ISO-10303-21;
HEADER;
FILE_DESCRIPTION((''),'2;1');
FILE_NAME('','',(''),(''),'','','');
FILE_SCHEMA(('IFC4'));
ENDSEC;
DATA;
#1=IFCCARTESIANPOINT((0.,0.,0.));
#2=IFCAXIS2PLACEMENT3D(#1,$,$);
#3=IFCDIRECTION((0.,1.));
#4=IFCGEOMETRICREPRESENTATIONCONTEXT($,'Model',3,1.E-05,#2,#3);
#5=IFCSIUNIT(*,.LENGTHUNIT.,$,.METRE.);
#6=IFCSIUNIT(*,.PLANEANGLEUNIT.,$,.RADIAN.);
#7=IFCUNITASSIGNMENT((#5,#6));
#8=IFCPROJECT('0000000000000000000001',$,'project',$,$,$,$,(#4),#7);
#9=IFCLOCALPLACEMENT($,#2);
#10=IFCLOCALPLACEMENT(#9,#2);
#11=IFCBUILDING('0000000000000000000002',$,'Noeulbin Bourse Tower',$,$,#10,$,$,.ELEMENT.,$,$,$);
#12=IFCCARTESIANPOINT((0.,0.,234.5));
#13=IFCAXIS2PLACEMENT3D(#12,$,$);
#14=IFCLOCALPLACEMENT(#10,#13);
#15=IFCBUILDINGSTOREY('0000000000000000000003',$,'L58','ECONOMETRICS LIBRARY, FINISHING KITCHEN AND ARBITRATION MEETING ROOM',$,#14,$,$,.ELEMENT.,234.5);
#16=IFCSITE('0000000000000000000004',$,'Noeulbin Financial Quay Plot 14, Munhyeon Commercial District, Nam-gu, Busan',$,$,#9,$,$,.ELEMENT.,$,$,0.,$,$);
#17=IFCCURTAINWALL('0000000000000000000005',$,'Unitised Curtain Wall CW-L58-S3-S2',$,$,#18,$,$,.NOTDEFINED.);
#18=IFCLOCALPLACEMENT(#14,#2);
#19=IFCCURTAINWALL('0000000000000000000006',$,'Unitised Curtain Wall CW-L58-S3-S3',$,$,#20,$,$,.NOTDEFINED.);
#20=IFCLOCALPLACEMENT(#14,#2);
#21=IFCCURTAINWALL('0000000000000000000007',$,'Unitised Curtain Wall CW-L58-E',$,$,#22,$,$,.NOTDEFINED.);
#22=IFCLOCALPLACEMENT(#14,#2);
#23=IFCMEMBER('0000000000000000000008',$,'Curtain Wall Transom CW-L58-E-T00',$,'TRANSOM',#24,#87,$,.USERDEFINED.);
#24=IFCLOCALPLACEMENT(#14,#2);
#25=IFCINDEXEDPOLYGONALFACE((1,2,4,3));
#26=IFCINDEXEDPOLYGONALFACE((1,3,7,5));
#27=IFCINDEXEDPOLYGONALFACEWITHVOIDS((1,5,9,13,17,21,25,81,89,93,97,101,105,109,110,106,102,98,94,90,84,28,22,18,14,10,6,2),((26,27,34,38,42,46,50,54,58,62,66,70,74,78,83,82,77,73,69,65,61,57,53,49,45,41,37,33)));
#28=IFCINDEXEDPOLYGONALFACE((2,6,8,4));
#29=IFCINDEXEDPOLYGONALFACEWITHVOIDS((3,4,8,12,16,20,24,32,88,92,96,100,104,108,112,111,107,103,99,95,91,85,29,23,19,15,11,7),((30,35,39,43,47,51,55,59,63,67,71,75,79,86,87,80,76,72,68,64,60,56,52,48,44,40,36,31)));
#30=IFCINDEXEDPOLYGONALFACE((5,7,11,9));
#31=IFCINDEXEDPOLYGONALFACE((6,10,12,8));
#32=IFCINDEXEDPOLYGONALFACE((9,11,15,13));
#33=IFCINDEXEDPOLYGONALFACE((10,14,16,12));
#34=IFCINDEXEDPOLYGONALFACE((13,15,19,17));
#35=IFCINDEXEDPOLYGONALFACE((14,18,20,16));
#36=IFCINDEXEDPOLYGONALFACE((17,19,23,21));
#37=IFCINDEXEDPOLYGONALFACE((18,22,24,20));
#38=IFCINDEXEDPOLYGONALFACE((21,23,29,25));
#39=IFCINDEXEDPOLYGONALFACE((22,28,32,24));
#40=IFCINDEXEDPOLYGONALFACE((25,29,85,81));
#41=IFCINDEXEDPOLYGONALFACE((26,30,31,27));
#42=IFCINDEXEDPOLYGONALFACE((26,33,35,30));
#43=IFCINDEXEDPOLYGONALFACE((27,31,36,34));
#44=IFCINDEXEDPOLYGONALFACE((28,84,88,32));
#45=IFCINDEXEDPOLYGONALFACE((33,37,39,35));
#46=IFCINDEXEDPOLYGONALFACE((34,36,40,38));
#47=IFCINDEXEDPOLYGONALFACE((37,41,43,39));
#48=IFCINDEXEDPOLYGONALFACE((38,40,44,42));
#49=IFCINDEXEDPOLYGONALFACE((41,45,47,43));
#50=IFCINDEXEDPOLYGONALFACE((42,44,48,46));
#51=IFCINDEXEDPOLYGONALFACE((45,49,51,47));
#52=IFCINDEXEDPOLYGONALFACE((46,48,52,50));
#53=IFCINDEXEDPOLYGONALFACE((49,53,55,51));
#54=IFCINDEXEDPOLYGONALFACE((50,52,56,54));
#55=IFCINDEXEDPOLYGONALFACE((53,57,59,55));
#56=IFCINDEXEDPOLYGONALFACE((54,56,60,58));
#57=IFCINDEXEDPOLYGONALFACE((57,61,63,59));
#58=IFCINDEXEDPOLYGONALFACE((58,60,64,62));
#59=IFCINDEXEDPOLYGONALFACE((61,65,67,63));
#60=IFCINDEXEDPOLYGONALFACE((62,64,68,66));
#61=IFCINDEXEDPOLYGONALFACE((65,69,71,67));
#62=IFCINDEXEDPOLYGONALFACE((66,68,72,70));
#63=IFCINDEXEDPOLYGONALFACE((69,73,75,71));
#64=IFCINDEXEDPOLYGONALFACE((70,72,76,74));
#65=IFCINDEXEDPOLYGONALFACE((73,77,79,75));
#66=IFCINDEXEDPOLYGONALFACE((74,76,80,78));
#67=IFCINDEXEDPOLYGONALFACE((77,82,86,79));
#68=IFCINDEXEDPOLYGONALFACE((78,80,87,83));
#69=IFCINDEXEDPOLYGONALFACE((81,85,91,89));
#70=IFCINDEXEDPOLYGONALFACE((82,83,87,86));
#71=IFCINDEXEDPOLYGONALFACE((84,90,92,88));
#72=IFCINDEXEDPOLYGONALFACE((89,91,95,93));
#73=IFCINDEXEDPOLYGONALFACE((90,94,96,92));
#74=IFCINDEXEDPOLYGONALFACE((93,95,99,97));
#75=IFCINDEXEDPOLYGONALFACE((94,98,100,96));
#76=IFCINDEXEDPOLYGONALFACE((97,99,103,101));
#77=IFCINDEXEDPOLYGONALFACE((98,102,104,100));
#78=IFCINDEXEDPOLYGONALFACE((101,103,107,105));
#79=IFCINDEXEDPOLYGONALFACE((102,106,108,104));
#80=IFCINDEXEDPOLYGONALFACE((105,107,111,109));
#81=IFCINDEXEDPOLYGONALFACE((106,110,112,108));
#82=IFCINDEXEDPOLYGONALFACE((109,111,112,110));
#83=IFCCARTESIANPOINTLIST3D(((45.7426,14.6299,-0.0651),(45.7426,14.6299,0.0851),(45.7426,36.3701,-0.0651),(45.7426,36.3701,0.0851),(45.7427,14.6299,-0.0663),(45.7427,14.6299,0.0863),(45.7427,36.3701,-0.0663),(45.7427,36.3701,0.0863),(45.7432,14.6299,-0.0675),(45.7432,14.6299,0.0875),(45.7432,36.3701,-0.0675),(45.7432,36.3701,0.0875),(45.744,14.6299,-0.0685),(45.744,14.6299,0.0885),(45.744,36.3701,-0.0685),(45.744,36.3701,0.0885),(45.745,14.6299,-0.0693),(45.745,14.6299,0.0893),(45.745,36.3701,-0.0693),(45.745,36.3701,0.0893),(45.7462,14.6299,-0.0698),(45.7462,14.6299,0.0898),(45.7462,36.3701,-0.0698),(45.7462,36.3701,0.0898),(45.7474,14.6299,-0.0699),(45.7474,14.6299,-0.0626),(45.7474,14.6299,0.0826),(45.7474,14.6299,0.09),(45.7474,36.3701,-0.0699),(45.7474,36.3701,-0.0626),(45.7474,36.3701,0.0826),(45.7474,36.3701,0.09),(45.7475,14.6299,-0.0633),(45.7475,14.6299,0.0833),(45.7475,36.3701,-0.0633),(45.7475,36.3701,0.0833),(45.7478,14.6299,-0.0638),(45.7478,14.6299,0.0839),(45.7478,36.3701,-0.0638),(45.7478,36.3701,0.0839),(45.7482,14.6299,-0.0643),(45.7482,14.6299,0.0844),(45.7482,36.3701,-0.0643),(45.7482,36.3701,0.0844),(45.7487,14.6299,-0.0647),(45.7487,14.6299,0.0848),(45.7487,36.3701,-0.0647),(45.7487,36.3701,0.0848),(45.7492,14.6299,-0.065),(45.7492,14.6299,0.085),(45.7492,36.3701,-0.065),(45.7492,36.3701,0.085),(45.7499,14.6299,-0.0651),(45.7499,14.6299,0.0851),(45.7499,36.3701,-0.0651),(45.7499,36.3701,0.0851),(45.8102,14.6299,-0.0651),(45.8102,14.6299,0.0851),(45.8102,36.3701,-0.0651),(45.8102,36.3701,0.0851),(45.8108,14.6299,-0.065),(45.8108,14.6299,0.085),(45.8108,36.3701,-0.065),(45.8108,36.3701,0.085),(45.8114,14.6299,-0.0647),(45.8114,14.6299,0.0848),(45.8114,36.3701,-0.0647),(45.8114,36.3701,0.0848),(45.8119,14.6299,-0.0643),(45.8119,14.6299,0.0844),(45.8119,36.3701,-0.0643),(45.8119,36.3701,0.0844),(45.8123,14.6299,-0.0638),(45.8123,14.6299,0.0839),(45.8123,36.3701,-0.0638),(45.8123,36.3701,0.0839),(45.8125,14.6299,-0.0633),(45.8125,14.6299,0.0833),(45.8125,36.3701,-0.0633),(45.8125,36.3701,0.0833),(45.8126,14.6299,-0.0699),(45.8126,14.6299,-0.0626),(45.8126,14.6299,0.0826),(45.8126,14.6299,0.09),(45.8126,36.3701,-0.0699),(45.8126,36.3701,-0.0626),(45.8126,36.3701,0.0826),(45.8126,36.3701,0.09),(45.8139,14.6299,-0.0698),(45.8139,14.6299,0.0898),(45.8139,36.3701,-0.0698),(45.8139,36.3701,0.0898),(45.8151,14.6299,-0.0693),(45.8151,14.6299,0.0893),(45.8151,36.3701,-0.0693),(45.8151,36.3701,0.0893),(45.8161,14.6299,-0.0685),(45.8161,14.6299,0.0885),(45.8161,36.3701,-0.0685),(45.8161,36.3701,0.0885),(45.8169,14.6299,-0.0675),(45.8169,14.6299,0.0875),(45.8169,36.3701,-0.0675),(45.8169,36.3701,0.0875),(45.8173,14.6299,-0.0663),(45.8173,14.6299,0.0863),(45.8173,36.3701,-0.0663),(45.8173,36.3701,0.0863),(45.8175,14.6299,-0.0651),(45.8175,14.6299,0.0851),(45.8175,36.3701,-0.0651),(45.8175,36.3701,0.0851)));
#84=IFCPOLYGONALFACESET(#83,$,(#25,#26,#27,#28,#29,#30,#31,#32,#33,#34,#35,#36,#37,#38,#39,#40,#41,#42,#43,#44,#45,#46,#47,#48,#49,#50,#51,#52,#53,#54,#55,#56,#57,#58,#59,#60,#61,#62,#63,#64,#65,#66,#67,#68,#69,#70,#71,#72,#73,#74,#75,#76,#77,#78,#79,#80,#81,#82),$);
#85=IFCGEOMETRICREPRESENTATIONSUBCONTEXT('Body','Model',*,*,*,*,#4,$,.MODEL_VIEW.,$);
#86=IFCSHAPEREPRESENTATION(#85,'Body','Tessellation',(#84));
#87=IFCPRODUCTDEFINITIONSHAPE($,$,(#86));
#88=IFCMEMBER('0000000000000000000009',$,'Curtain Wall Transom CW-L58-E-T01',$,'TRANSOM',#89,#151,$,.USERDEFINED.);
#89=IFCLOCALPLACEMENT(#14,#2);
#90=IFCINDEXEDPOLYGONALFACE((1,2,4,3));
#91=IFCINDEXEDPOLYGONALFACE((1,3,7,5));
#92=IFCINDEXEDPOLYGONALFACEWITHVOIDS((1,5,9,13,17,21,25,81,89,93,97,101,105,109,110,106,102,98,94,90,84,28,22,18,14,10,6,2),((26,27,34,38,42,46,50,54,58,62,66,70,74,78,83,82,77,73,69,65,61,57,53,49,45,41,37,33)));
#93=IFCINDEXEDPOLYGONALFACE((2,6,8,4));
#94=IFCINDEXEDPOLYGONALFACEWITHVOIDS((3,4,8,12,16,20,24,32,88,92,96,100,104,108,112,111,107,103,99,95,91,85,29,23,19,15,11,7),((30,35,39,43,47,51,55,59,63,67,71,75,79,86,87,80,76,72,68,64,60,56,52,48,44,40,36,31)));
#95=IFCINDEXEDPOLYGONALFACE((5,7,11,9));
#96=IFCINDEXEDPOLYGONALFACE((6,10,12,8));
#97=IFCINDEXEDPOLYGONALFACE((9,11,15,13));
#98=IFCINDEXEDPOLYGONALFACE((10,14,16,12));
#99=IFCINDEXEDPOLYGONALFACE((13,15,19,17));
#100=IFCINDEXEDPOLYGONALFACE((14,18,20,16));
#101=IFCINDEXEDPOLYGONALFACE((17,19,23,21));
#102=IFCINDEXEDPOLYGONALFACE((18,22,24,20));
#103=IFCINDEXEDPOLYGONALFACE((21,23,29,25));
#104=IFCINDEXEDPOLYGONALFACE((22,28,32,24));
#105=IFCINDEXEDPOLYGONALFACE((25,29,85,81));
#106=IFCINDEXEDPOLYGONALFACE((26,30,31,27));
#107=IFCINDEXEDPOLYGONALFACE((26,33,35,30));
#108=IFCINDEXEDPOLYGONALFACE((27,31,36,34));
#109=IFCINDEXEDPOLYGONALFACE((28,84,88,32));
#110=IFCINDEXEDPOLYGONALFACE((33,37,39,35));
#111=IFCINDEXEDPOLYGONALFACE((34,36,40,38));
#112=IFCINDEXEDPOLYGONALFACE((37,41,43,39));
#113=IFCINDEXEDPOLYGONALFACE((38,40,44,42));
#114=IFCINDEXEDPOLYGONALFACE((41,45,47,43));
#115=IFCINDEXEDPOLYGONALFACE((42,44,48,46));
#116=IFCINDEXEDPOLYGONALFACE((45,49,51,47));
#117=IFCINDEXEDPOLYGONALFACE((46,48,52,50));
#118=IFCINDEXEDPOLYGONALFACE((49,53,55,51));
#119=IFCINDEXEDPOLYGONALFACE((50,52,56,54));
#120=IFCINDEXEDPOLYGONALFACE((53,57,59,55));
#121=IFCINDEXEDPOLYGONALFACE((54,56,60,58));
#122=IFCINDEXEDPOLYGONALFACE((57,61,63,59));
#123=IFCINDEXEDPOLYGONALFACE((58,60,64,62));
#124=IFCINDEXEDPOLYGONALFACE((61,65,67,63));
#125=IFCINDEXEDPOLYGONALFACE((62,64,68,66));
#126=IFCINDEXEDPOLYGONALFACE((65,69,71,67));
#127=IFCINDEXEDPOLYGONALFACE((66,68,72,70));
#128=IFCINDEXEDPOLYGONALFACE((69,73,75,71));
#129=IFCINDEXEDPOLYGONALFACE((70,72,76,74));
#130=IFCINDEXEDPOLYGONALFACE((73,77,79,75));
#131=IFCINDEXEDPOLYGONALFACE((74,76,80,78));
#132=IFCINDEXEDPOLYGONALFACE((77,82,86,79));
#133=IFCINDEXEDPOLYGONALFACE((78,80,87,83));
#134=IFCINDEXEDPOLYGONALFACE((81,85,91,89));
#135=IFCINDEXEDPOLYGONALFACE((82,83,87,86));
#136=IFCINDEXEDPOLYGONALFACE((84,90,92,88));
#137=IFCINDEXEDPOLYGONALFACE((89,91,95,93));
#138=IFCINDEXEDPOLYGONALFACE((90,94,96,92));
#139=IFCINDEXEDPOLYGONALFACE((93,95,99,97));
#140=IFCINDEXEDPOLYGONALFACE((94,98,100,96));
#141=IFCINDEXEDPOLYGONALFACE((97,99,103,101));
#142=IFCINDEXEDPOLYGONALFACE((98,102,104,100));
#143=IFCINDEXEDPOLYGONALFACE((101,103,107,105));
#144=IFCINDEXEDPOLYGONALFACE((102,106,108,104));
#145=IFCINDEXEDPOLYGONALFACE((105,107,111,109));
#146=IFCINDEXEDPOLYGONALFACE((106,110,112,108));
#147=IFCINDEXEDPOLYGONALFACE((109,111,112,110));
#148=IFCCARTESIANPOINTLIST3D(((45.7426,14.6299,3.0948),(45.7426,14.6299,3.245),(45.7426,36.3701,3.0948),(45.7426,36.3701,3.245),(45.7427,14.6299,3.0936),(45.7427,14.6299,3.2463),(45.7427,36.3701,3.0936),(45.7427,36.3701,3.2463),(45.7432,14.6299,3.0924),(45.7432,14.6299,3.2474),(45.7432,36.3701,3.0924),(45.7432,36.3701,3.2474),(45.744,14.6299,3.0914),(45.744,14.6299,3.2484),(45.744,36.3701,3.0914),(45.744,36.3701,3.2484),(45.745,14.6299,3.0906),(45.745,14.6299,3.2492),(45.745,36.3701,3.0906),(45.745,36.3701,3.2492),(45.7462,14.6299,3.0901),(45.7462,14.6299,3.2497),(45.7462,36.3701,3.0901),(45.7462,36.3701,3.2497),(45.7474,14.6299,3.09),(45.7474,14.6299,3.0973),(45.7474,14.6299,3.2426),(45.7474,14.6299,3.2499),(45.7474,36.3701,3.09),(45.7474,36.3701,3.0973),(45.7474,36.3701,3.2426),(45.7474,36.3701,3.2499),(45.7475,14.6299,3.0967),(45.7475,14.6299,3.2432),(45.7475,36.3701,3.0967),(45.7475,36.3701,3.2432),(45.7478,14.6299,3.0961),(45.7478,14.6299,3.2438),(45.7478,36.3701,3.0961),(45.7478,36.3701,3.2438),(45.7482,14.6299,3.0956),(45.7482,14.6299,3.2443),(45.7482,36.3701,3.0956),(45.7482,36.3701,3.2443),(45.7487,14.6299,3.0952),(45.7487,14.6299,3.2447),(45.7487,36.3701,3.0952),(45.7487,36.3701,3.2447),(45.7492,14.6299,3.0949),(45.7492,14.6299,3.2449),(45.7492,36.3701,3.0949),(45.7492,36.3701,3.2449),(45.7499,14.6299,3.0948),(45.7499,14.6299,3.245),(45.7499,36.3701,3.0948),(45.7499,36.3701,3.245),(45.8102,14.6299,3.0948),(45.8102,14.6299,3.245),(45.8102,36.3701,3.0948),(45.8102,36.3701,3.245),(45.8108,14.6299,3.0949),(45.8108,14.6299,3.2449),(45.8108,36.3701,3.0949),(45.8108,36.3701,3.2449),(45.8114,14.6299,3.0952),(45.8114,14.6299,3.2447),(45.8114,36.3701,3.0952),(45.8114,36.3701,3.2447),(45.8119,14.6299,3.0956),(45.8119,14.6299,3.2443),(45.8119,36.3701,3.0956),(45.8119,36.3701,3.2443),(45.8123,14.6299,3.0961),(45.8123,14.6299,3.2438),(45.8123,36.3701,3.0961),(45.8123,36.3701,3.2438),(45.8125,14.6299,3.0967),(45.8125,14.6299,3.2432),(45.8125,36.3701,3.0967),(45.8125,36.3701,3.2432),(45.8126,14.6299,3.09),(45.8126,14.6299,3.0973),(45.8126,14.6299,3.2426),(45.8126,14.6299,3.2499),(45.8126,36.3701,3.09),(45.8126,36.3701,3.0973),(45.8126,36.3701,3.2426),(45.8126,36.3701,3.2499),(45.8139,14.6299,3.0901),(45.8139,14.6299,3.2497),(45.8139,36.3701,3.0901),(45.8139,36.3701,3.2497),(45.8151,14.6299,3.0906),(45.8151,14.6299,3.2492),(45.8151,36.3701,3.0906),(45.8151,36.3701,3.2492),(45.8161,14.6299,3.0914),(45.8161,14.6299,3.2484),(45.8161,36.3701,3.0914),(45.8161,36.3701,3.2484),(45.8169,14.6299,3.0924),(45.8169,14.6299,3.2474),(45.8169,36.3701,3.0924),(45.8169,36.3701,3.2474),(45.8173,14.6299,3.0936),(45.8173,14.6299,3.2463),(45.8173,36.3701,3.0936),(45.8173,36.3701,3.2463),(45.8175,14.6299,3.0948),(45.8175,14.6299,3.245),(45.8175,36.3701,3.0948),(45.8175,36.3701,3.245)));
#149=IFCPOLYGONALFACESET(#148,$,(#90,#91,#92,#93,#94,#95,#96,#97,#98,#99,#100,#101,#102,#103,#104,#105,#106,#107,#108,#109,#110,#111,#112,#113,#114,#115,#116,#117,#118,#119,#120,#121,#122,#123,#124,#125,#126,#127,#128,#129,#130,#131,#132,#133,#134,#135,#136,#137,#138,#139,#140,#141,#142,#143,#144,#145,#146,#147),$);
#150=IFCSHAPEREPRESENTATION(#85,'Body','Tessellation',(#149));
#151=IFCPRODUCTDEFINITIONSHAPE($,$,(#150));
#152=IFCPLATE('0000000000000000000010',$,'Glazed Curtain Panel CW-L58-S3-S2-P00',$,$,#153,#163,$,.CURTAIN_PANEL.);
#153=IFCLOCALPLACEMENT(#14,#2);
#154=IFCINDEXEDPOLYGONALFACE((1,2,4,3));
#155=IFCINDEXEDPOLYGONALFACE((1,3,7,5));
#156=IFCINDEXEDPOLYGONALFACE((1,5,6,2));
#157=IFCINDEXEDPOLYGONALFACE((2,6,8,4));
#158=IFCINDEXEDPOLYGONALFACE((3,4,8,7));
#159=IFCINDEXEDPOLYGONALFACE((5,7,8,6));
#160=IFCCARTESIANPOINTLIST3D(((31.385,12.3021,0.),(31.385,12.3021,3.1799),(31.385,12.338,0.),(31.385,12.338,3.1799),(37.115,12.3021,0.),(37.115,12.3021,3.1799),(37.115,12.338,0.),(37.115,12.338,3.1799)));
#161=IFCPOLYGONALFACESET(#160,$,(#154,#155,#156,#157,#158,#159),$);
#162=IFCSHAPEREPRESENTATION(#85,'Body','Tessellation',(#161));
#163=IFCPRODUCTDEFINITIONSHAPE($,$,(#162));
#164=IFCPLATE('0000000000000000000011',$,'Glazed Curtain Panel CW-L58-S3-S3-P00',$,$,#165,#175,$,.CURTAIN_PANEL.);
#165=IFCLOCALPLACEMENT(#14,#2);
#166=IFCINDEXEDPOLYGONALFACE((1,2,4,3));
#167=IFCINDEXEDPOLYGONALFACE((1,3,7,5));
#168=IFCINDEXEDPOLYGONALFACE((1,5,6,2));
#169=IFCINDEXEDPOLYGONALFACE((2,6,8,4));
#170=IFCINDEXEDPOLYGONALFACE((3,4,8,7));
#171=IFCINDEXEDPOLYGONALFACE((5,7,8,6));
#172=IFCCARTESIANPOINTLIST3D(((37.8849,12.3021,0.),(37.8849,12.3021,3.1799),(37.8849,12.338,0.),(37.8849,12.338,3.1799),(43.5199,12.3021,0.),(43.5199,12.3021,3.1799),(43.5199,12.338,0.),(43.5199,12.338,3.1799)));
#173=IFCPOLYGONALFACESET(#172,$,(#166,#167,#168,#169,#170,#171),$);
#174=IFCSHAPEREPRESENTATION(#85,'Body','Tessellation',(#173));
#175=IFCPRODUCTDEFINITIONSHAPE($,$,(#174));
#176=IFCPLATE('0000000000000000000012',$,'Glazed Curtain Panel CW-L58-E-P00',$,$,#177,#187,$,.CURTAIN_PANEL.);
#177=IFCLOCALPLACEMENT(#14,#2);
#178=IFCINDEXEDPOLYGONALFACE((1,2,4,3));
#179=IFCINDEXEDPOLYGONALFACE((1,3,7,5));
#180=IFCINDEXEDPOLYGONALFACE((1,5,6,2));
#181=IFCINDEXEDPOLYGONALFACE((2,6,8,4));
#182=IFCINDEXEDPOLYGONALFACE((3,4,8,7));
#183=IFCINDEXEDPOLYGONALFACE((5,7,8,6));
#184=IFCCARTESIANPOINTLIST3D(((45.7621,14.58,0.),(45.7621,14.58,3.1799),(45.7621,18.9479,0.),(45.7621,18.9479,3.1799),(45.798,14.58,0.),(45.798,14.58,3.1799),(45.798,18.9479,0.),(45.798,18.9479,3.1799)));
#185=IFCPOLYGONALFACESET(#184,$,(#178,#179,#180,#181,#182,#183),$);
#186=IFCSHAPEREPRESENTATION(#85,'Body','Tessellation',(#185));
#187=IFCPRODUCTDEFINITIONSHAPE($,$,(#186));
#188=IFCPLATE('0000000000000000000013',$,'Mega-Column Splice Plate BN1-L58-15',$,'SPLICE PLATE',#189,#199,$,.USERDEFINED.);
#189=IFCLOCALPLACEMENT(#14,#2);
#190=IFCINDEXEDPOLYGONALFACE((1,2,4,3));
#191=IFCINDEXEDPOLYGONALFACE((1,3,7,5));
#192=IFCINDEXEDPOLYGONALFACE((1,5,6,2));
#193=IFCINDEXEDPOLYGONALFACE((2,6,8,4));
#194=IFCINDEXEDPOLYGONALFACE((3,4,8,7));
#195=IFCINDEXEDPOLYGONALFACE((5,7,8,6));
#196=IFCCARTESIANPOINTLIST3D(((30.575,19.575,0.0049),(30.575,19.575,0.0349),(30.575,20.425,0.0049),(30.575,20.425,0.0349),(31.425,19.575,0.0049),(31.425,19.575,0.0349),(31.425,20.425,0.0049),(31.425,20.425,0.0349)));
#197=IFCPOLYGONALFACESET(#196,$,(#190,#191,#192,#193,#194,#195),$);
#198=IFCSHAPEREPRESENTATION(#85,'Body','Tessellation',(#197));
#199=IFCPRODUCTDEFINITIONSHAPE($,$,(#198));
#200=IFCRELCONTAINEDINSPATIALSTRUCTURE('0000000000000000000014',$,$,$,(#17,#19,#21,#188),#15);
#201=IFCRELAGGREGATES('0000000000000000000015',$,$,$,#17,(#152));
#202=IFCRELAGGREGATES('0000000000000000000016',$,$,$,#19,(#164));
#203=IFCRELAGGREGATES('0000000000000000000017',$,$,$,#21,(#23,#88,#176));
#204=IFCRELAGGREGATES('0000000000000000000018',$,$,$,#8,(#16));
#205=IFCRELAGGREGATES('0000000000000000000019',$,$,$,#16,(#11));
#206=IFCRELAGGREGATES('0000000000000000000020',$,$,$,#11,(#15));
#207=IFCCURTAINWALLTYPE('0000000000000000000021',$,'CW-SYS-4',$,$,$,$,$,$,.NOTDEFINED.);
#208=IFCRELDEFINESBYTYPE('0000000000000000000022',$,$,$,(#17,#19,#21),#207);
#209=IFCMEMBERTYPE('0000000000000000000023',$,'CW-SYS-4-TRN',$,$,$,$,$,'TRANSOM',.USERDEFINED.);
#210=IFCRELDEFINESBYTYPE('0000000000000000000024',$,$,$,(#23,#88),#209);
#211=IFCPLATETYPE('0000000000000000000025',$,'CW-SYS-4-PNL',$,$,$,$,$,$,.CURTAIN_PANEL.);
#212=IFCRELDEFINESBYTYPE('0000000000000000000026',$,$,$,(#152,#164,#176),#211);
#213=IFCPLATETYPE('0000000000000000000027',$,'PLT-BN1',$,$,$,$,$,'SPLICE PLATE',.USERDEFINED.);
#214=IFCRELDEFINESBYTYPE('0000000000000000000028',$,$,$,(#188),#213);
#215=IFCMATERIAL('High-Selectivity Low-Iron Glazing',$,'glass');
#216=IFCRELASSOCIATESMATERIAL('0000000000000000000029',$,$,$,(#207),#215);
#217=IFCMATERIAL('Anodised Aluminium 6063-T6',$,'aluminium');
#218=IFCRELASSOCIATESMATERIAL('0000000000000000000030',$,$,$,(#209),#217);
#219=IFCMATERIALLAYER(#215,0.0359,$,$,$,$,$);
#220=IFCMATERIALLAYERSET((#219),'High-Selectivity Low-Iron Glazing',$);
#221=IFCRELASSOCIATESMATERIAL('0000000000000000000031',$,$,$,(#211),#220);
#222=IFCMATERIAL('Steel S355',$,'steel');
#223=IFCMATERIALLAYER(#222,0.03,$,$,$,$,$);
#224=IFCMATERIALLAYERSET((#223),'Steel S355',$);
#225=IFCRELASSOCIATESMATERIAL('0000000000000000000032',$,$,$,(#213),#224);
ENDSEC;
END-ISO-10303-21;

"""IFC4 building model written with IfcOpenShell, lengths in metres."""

from ifc_helpers import new_model, si_unit, direction, frame, origin, origin_2d, place, context, subcontext, project, spatial, rectangle, hollow_rectangle, extrude, material, layer, layer_set, material_profile, profile_set, type_object, element, aggregate, save


model = new_model("IFC4")

# Units and contexts
model_context = context("Model", 3, precision=1e-05, world=origin(), true_north=direction((0.0, 1.0)))
body_context = subcontext(model_context, "Body", "Model", "MODEL_VIEW")
ifc_project = project(units=[si_unit("LENGTHUNIT", "METRE"), si_unit("PLANEANGLEUNIT", "RADIAN")], contexts=[model_context])

# Site, building, storey
site_placement = place(None, origin())
site = spatial("IfcSite", under=ifc_project, at=site_placement, Name="Noeulbin Financial Quay Plot 14, Munhyeon Commercial District, Nam-gu, Busan", CompositionType="ELEMENT", RefElevation=0.0)
building_placement = place(site_placement, origin())
building = spatial("IfcBuilding", under=site, at=building_placement, Name="Noeulbin Bourse Tower", CompositionType="ELEMENT")
storey_placement = place(building_placement, frame((0.0, 0.0, 234.5)))
storey = spatial("IfcBuildingStorey", under=building, at=storey_placement, Name="L58", Description="ECONOMETRICS LIBRARY, FINISHING KITCHEN AND ARBITRATION MEETING ROOM", CompositionType="ELEMENT", Elevation=234.5)

# Shared definitions
ifc_material_1 = material(Name="Steel S355", Category="steel")

# Curtain walls
ifc_material_2 = material(Name="High-Selectivity Low-Iron Glazing", Category="glass")
curtain_wall_type = type_object("IfcCurtainWallType", Name="CW-SYS-4", PredefinedType="NOTDEFINED", material=ifc_material_2)
curtain_wall_1_placement = place(storey_placement, origin())
curtain_wall_1 = element("IfcCurtainWall", 1, at=curtain_wall_1_placement, inside=storey, type_object=curtain_wall_type, Name="Unitised Curtain Wall CW-L58-S3-S2", PredefinedType="NOTDEFINED")
ifc_material_3 = material(Name="Anodised Aluminium 6063-T6", Category="aluminium")
curtain_wall_2_placement = place(storey_placement, origin())
curtain_wall_2 = element("IfcCurtainWall", 2, at=curtain_wall_2_placement, inside=storey, type_object=curtain_wall_type, Name="Unitised Curtain Wall CW-L58-S3-S3", PredefinedType="NOTDEFINED")
curtain_wall_3_placement = place(storey_placement, origin())
curtain_wall_3 = element("IfcCurtainWall", 3, at=curtain_wall_3_placement, inside=storey, type_object=curtain_wall_type, Name="Unitised Curtain Wall CW-L58-E", PredefinedType="NOTDEFINED")

# Members
ifc_material_profile_1 = material_profile(ifc_material_3, hollow_rectangle(XDim=0.075, YDim=0.1599, WallThickness=0.0049, InnerFilletRadius=0.0024, OuterFilletRadius=0.0049, at=origin_2d()), Name="ALU-TRAN-75x160x5", Category="LoadBearing")
ifc_profile_set_1 = profile_set([ifc_material_profile_1], Name="Anodised Aluminium 6063-T6")
member_type_1 = type_object("IfcMemberType", Name="CW-SYS-4-TRN", ElementType="TRANSOM", PredefinedType="USERDEFINED", material=ifc_profile_set_1)
member_1_placement = place(storey_placement, frame((45.78, 14.6299, 0.01), z_axis=(0.0, 1.0, 0.0), x_axis=(-1.0, 0.0, 0.0)))
member_1 = element("IfcMember", 4, at=member_1_placement, type_object=member_type_1, Name="Curtain Wall Transom CW-L58-E-T00", ObjectType="TRANSOM", PredefinedType="USERDEFINED", context=body_context, shape_type="SweptSolid", body=[
    extrude(hollow_rectangle(XDim=0.075, YDim=0.1599, WallThickness=0.0049, InnerFilletRadius=0.0024, OuterFilletRadius=0.0049, at=origin_2d()), origin(), (0.0, 0.0, 1.0), 21.7402),
])
member_2_placement = place(storey_placement, frame((45.78, 14.6299, 3.1699), z_axis=(0.0, 1.0, 0.0), x_axis=(-1.0, 0.0, 0.0)))
member_2 = element("IfcMember", 5, at=member_2_placement, type_object=member_type_1, Name="Curtain Wall Transom CW-L58-E-T01", ObjectType="TRANSOM", PredefinedType="USERDEFINED", context=body_context, shape_type="SweptSolid", body=[
    extrude(hollow_rectangle(XDim=0.075, YDim=0.1599, WallThickness=0.0049, InnerFilletRadius=0.0024, OuterFilletRadius=0.0049, at=origin_2d()), origin(), (0.0, 0.0, 1.0), 21.7402),
])

# Plates
ifc_layer_1 = layer(ifc_material_2, 0.0359)
ifc_layer_set_1 = layer_set([ifc_layer_1], Name="High-Selectivity Low-Iron Glazing")
plate_type_1 = type_object("IfcPlateType", Name="CW-SYS-4-PNL", PredefinedType="CURTAIN_PANEL", material=ifc_layer_set_1)
plate_1_placement = place(storey_placement, frame((34.25, 12.3201, 0.0), z_axis=(0.0, 0.0, 1.0), x_axis=(1.0, 0.0, 0.0)))
plate_1 = element("IfcPlate", 6, at=plate_1_placement, type_object=plate_type_1, Name="Glazed Curtain Panel CW-L58-S3-S2-P00", PredefinedType="CURTAIN_PANEL", context=body_context, shape_type="SweptSolid", body=[
    extrude(rectangle(XDim=5.73, YDim=0.0359, at=origin_2d()), origin(), (0.0, 0.0, 1.0), 3.1799),
])
aggregate(curtain_wall_1, [plate_1])
plate_2_placement = place(storey_placement, frame((40.7024, 12.3201, 0.0), z_axis=(0.0, 0.0, 1.0), x_axis=(1.0, 0.0, 0.0)))
plate_2 = element("IfcPlate", 7, at=plate_2_placement, type_object=plate_type_1, Name="Glazed Curtain Panel CW-L58-S3-S3-P00", PredefinedType="CURTAIN_PANEL", context=body_context, shape_type="SweptSolid", body=[
    extrude(rectangle(XDim=5.635, YDim=0.0359, at=origin_2d()), origin(), (0.0, 0.0, 1.0), 3.1799),
])
aggregate(curtain_wall_2, [plate_2])
plate_3_placement = place(storey_placement, frame((45.78, 16.7639, 0.0), z_axis=(0.0, 0.0, 1.0), x_axis=(0.0, 1.0, 0.0)))
plate_3 = element("IfcPlate", 8, at=plate_3_placement, type_object=plate_type_1, Name="Glazed Curtain Panel CW-L58-E-P00", PredefinedType="CURTAIN_PANEL", context=body_context, shape_type="SweptSolid", body=[
    extrude(rectangle(XDim=4.3679, YDim=0.0359, at=origin_2d()), origin(), (0.0, 0.0, 1.0), 3.1799),
])
aggregate(curtain_wall_3, [member_1, member_2, plate_3])

# Plate
ifc_layer_2 = layer(ifc_material_1, 0.03)
ifc_layer_set_2 = layer_set([ifc_layer_2], Name="Steel S355")
plate_type_2 = type_object("IfcPlateType", Name="PLT-BN1", ElementType="SPLICE PLATE", PredefinedType="USERDEFINED", material=ifc_layer_set_2)
for number, where, z_axis, x_axis, name in (
    (9, (31.0, 20.0, 0.0049), (0.0, 0.0, 1.0), (1.0, 0.0, 0.0), "Mega-Column Splice Plate BN1-L58-15"),
):
    element("IfcPlate", number, at=place(storey_placement, frame(where, z_axis=z_axis, x_axis=x_axis)), inside=storey, type_object=plate_type_2, Name=name, ObjectType="SPLICE PLATE", PredefinedType="USERDEFINED", context=body_context, shape_type="SweptSolid", body=[
        extrude(rectangle(XDim=0.8501, YDim=0.8501, at=origin_2d()), origin(), (0.0, 0.0, 1.0), 0.03),
    ])

save(model, "model.ifc")
